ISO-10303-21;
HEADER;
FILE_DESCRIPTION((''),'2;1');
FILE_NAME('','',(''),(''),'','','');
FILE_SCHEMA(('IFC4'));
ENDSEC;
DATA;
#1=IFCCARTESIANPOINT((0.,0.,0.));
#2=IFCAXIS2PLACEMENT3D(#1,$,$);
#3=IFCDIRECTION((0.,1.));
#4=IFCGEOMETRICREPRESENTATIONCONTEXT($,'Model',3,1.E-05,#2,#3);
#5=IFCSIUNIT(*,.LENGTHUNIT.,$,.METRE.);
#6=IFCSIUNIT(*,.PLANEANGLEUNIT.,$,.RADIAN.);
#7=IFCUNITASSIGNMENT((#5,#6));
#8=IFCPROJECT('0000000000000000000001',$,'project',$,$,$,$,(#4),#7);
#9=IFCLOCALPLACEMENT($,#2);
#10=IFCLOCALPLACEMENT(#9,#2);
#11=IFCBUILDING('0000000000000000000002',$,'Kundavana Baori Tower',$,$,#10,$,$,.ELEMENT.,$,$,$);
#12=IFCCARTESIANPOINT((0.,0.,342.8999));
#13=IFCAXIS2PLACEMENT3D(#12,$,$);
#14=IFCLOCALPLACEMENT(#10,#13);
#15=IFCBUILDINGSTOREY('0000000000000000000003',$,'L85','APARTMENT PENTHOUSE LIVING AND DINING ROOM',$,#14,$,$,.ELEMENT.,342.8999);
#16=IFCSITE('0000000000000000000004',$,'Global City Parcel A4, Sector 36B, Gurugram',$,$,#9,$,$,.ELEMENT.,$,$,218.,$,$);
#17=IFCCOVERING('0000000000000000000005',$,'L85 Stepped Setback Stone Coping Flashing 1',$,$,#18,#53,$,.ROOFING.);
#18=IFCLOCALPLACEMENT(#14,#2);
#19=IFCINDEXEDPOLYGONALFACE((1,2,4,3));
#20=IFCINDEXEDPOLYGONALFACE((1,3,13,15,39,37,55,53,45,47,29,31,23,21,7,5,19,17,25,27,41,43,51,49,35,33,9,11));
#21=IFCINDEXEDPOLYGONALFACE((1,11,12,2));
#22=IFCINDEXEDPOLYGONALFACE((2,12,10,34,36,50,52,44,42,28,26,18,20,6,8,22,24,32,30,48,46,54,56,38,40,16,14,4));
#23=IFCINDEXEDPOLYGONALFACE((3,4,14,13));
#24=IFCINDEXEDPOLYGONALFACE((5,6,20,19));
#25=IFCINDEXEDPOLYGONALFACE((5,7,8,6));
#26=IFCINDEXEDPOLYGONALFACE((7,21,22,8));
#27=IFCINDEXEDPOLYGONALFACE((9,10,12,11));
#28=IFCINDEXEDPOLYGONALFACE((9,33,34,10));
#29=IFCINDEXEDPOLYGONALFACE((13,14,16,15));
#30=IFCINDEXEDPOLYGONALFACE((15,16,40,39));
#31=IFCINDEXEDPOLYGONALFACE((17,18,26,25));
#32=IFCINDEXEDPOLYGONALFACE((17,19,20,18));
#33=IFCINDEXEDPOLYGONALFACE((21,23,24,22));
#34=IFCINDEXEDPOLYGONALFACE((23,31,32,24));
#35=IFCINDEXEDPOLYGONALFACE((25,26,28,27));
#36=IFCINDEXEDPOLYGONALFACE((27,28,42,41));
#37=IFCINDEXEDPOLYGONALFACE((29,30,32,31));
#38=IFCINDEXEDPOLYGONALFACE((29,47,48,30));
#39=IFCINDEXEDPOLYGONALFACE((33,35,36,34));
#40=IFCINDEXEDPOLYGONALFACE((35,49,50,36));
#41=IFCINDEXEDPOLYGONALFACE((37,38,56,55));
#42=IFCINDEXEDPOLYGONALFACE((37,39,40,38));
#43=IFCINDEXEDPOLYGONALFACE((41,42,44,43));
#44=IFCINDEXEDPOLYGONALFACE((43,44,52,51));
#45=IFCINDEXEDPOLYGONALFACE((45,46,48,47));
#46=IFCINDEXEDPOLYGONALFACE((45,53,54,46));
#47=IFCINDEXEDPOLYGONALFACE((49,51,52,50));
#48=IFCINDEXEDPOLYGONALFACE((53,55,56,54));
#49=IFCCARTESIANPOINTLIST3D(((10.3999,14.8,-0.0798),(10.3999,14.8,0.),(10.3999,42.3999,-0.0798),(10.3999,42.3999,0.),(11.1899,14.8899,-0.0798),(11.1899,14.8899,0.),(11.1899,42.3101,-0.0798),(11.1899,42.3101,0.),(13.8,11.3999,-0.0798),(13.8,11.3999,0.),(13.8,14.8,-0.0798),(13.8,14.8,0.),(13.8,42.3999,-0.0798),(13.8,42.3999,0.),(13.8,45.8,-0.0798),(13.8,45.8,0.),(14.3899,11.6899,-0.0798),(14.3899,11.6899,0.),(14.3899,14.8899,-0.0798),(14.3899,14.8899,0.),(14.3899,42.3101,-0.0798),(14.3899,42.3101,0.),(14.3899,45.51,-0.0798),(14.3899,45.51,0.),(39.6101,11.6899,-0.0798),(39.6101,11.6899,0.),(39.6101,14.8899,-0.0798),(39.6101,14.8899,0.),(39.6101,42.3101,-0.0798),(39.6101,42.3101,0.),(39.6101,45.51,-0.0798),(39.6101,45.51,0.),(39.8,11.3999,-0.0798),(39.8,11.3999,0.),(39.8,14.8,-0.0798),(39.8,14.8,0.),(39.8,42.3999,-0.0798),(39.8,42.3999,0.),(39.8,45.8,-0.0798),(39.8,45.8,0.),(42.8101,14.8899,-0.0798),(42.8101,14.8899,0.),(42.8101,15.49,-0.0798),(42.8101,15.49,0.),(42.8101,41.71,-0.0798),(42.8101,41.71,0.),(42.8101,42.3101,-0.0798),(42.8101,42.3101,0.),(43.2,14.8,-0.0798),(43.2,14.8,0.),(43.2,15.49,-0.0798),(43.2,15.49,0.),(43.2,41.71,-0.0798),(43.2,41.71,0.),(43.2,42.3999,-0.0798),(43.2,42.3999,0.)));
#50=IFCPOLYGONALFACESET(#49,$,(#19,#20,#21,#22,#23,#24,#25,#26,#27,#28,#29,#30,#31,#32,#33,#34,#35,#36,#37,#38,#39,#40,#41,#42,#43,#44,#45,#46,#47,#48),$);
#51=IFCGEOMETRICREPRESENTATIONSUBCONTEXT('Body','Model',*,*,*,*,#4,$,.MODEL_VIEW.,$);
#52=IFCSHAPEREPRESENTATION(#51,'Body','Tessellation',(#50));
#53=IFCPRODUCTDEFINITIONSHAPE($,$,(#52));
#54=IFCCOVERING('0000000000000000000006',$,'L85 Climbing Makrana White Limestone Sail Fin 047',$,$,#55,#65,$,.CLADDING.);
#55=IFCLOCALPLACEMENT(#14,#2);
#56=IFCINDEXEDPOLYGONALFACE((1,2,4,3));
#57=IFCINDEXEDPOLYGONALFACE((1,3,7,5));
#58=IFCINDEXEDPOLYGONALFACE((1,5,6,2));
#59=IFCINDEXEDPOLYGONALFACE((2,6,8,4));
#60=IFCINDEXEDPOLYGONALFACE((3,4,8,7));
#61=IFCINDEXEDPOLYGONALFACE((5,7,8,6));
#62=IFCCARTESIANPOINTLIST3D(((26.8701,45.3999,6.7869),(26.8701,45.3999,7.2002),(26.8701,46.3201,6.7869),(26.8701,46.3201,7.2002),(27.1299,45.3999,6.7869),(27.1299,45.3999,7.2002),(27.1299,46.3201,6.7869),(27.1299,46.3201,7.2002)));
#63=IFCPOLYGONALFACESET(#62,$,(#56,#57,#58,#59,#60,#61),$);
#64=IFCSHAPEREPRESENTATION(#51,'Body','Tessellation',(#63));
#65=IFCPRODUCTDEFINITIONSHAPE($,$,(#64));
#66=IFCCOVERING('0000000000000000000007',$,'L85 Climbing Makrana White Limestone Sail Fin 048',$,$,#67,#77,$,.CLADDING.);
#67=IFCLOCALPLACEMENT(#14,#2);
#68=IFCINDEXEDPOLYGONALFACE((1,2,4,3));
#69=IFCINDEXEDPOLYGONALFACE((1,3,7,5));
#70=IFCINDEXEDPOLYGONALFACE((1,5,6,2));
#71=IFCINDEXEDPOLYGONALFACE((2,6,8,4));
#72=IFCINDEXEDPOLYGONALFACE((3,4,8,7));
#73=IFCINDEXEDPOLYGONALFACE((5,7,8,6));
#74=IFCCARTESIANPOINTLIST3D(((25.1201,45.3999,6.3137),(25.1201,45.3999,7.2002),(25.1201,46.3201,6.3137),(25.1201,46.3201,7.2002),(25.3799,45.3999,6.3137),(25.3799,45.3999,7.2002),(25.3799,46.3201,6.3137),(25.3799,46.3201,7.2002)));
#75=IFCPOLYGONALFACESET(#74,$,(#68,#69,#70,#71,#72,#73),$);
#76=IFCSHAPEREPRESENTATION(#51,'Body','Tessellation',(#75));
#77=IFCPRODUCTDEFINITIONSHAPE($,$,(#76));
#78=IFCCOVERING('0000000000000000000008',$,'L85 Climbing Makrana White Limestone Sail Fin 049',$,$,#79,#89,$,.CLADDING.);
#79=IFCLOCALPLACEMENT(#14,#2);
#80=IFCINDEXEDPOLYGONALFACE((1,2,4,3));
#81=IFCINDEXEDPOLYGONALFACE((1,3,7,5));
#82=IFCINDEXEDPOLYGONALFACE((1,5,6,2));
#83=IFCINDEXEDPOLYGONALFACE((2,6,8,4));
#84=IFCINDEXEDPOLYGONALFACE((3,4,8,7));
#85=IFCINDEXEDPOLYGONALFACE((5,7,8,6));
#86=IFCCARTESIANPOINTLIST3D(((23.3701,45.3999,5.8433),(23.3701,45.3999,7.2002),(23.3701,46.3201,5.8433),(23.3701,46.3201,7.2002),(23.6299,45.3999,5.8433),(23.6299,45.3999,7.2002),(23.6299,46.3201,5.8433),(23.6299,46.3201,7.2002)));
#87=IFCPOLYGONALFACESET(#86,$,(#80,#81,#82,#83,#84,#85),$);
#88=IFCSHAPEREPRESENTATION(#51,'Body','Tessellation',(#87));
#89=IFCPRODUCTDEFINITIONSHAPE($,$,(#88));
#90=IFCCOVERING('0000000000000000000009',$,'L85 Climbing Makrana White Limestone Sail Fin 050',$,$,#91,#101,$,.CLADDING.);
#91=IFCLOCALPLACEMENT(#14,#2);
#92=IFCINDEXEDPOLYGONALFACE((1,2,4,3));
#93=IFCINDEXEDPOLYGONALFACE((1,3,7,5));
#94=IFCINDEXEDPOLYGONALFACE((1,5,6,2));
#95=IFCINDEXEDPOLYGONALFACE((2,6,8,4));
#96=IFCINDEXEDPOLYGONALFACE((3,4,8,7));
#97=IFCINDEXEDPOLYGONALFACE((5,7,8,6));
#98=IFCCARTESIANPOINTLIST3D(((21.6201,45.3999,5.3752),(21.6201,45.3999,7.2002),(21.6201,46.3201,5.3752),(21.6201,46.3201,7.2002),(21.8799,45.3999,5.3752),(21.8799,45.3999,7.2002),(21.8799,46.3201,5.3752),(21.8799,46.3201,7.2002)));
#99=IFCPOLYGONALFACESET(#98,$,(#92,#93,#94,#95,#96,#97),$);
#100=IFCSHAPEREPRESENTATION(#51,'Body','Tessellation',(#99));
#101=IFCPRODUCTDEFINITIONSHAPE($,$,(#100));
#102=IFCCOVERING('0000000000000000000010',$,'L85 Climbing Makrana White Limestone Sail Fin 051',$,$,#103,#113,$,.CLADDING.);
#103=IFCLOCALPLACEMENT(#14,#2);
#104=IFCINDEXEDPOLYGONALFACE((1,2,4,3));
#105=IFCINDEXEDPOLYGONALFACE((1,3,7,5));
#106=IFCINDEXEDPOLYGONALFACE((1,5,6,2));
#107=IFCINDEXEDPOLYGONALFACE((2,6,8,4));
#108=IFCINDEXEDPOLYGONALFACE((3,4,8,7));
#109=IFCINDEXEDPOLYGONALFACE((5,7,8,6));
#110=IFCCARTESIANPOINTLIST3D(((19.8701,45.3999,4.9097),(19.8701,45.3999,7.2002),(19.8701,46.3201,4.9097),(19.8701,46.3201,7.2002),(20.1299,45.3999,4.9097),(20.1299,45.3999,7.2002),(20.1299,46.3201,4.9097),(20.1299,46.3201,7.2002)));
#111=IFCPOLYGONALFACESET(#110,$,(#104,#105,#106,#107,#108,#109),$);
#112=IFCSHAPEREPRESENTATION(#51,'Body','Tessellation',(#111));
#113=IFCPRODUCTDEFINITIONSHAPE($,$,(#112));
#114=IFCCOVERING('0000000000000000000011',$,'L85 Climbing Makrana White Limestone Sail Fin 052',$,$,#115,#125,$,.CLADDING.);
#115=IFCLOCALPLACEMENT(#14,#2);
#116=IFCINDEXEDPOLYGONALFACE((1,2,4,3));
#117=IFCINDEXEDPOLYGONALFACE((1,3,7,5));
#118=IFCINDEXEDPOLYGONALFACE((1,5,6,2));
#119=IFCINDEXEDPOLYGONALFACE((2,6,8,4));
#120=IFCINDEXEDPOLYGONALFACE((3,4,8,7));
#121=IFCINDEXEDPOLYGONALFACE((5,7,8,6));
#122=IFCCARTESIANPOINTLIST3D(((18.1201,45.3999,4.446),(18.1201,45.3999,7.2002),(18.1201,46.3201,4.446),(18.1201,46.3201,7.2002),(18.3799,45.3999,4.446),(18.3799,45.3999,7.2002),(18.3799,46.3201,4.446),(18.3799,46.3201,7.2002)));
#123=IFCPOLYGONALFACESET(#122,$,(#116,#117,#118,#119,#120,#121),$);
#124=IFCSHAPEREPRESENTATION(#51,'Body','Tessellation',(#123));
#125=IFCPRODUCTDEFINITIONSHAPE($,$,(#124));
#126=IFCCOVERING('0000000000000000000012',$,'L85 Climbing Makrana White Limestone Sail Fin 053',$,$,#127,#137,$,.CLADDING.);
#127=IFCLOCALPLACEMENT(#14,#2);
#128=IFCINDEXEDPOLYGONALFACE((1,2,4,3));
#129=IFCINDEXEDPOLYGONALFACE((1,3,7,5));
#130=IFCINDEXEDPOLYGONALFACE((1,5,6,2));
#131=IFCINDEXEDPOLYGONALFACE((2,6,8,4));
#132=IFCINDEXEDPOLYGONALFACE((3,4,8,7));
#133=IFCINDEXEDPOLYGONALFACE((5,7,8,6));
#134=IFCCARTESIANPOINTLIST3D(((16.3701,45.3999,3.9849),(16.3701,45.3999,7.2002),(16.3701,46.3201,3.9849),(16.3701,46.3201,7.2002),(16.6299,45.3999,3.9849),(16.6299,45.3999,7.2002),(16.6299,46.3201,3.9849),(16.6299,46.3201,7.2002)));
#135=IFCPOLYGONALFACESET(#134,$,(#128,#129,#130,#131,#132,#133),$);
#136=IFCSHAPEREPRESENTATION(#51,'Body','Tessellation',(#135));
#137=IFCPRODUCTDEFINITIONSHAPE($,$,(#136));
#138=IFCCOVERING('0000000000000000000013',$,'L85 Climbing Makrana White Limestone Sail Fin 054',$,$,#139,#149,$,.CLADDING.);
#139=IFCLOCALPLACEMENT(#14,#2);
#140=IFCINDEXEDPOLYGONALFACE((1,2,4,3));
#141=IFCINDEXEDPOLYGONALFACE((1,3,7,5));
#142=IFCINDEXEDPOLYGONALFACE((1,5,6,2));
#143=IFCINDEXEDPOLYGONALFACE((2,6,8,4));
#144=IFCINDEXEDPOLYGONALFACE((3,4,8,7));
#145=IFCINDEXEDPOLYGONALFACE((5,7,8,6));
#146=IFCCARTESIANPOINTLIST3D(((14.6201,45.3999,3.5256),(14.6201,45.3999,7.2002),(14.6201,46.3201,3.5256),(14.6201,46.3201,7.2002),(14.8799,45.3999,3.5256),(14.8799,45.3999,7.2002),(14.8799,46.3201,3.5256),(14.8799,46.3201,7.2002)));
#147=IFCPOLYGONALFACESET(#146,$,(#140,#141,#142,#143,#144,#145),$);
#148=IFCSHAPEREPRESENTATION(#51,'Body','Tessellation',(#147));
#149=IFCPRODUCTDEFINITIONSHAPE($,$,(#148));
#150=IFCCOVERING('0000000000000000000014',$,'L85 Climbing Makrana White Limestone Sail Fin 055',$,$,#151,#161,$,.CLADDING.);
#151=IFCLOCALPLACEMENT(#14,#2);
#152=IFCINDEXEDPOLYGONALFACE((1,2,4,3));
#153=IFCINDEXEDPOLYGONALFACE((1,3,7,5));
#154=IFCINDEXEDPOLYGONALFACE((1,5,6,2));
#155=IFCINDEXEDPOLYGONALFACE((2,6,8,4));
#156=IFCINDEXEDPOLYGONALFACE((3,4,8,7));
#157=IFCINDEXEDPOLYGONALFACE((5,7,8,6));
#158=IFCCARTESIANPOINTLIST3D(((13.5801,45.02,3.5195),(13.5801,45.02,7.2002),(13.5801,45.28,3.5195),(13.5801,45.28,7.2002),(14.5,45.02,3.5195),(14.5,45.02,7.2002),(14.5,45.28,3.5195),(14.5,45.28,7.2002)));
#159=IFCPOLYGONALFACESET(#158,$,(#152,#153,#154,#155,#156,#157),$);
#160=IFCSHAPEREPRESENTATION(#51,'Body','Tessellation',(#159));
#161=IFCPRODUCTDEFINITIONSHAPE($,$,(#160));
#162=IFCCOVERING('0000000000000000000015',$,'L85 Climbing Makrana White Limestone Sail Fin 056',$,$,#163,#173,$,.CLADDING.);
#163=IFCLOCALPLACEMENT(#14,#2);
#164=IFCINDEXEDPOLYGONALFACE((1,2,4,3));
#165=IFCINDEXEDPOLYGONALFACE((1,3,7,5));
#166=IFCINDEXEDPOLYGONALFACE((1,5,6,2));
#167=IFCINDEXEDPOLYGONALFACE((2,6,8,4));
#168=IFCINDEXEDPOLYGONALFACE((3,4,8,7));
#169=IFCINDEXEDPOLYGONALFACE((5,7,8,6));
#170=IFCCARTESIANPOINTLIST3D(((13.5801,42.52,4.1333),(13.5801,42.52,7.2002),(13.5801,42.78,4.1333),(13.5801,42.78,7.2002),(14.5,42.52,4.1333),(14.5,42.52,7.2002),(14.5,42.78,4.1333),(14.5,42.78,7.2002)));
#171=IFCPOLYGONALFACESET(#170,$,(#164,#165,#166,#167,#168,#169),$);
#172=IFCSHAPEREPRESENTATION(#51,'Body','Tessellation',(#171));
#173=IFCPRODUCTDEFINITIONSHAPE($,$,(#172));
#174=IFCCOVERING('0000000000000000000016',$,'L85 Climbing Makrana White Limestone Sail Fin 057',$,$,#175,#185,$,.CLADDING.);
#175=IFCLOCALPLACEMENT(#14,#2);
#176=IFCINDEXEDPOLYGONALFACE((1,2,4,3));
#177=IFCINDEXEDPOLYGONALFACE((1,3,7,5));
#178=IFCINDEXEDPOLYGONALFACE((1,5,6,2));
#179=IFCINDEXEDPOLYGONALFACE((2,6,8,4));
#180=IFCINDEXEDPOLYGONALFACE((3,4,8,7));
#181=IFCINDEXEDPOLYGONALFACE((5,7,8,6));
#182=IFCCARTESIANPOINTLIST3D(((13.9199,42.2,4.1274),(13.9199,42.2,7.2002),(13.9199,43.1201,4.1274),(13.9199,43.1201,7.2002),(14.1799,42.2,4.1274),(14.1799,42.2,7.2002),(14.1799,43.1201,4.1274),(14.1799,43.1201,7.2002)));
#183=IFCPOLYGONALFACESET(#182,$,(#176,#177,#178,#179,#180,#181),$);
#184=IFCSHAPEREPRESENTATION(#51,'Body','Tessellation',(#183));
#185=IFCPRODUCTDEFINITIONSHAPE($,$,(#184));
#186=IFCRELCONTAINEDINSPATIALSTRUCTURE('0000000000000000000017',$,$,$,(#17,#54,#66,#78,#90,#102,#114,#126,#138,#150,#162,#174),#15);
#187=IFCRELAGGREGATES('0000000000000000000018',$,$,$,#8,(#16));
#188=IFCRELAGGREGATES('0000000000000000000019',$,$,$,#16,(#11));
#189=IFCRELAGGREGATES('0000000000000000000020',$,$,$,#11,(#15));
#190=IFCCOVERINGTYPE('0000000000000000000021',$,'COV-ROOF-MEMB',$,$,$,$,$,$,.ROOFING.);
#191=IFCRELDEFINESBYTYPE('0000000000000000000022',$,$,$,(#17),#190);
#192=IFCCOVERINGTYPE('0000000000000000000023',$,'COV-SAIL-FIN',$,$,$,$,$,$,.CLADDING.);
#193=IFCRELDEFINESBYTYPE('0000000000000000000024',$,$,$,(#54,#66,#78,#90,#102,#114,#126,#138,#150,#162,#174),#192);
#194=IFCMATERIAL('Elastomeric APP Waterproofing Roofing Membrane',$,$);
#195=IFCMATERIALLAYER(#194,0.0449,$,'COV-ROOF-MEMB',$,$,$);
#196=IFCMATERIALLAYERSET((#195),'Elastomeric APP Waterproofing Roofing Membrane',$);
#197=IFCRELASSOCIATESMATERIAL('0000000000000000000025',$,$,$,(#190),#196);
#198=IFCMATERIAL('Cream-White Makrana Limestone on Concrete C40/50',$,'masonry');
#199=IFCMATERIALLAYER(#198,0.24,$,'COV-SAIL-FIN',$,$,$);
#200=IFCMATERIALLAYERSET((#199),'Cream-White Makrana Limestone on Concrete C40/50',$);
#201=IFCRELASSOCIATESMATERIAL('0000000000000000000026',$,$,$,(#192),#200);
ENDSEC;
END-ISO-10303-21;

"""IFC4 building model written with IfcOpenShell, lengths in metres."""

from ifc_helpers import new_model, si_unit, direction, frame, origin, place, context, subcontext, project, spatial, polyline, outline, extrude, material, layer, layer_set, type_object, element, save


model = new_model("IFC4")

# Units and contexts
model_context = context("Model", 3, precision=1e-05, world=origin(), true_north=direction((0.0, 1.0)))
body_context = subcontext(model_context, "Body", "Model", "MODEL_VIEW")
ifc_project = project(units=[si_unit("LENGTHUNIT", "METRE"), si_unit("PLANEANGLEUNIT", "RADIAN")], contexts=[model_context])

# Site, building, storey
site_placement = place(None, origin())
site = spatial("IfcSite", under=ifc_project, at=site_placement, Name="Global City Parcel A4, Sector 36B, Gurugram", CompositionType="ELEMENT", RefElevation=218.0)
building_placement = place(site_placement, origin())
building = spatial("IfcBuilding", under=site, at=building_placement, Name="Kundavana Baori Tower", CompositionType="ELEMENT")
storey_placement = place(building_placement, frame((0.0, 0.0, 342.8999)))
storey = spatial("IfcBuildingStorey", under=building, at=storey_placement, Name="L85", Description="APARTMENT PENTHOUSE LIVING AND DINING ROOM", CompositionType="ELEMENT", Elevation=342.8999)

# Coverings
ifc_material_1 = material(Name="Elastomeric APP Waterproofing Roofing Membrane")
ifc_layer_1 = layer(ifc_material_1, 0.0449, Name="COV-ROOF-MEMB")
ifc_layer_set_1 = layer_set([ifc_layer_1], Name="Elastomeric APP Waterproofing Roofing Membrane")
covering_type_1 = type_object("IfcCoveringType", Name="COV-ROOF-MEMB", PredefinedType="ROOFING", material=ifc_layer_set_1)
covering_1_placement = place(storey_placement, frame((0.0, 0.0, -0.0798)))
element("IfcCovering", 1, at=covering_1_placement, inside=storey, type_object=covering_type_1, Name="L85 Stepped Setback Stone Coping Flashing 1", PredefinedType="ROOFING", context=body_context, shape_type="SweptSolid", body=[
    extrude(outline(polyline([(43.2, 14.8), (39.8, 14.8), (39.8, 11.3999), (13.8, 11.3999), (13.8, 14.8), (10.3999, 14.8), (10.3999, 42.3999), (13.8, 42.3999), (13.8, 45.8), (39.8, 45.8), (39.8, 42.3999), (43.2, 42.3999), (43.2, 41.71), (42.8101, 41.71), (42.8101, 42.3101), (39.6101, 42.3101), (39.6101, 45.51), (14.3899, 45.51), (14.3899, 42.3101), (11.1899, 42.3101), (11.1899, 14.8899), (14.3899, 14.8899), (14.3899, 11.6899), (39.6101, 11.6899), (39.6101, 14.8899), (42.8101, 14.8899), (42.8101, 15.49), (43.2, 15.49), (43.2, 14.8)])), origin(), (0.0, 0.0, 1.0), 0.0798),
])
ifc_material_2 = material(Name="Cream-White Makrana Limestone on Concrete C40/50", Category="masonry")
ifc_layer_2 = layer(ifc_material_2, 0.24, Name="COV-SAIL-FIN")
ifc_layer_set_2 = layer_set([ifc_layer_2], Name="Cream-White Makrana Limestone on Concrete C40/50")
covering_type_2 = type_object("IfcCoveringType", Name="COV-SAIL-FIN", PredefinedType="CLADDING", material=ifc_layer_set_2)
covering_2_placement = place(storey_placement, frame((0.0, 0.0, 6.7869)))
element("IfcCovering", 2, at=covering_2_placement, inside=storey, type_object=covering_type_2, Name="L85 Climbing Makrana White Limestone Sail Fin 047", PredefinedType="CLADDING", context=body_context, shape_type="SweptSolid", body=[
    extrude(outline(polyline([(26.8701, 45.3999), (27.1299, 45.3999), (27.1299, 46.3201), (26.8701, 46.3201), (26.8701, 45.3999)])), origin(), (0.0, 0.0, 1.0), 0.4133),
])
covering_3_placement = place(storey_placement, frame((0.0, 0.0, 6.3137)))
element("IfcCovering", 3, at=covering_3_placement, inside=storey, type_object=covering_type_2, Name="L85 Climbing Makrana White Limestone Sail Fin 048", PredefinedType="CLADDING", context=body_context, shape_type="SweptSolid", body=[
    extrude(outline(polyline([(25.1201, 45.3999), (25.3799, 45.3999), (25.3799, 46.3201), (25.1201, 46.3201), (25.1201, 45.3999)])), origin(), (0.0, 0.0, 1.0), 0.8865),
])
covering_4_placement = place(storey_placement, frame((0.0, 0.0, 5.8433)))
element("IfcCovering", 4, at=covering_4_placement, inside=storey, type_object=covering_type_2, Name="L85 Climbing Makrana White Limestone Sail Fin 049", PredefinedType="CLADDING", context=body_context, shape_type="SweptSolid", body=[
    extrude(outline(polyline([(23.3701, 45.3999), (23.6299, 45.3999), (23.6299, 46.3201), (23.3701, 46.3201), (23.3701, 45.3999)])), origin(), (0.0, 0.0, 1.0), 1.3569),
])
covering_5_placement = place(storey_placement, frame((0.0, 0.0, 5.3752)))
element("IfcCovering", 5, at=covering_5_placement, inside=storey, type_object=covering_type_2, Name="L85 Climbing Makrana White Limestone Sail Fin 050", PredefinedType="CLADDING", context=body_context, shape_type="SweptSolid", body=[
    extrude(outline(polyline([(21.6201, 45.3999), (21.8799, 45.3999), (21.8799, 46.3201), (21.6201, 46.3201), (21.6201, 45.3999)])), origin(), (0.0, 0.0, 1.0), 1.825),
])
covering_6_placement = place(storey_placement, frame((0.0, 0.0, 4.9097)))
element("IfcCovering", 6, at=covering_6_placement, inside=storey, type_object=covering_type_2, Name="L85 Climbing Makrana White Limestone Sail Fin 051", PredefinedType="CLADDING", context=body_context, shape_type="SweptSolid", body=[
    extrude(outline(polyline([(19.8701, 45.3999), (20.1299, 45.3999), (20.1299, 46.3201), (19.8701, 46.3201), (19.8701, 45.3999)])), origin(), (0.0, 0.0, 1.0), 2.2905),
])
covering_7_placement = place(storey_placement, frame((0.0, 0.0, 4.446)))
element("IfcCovering", 7, at=covering_7_placement, inside=storey, type_object=covering_type_2, Name="L85 Climbing Makrana White Limestone Sail Fin 052", PredefinedType="CLADDING", context=body_context, shape_type="SweptSolid", body=[
    extrude(outline(polyline([(18.1201, 45.3999), (18.3799, 45.3999), (18.3799, 46.3201), (18.1201, 46.3201), (18.1201, 45.3999)])), origin(), (0.0, 0.0, 1.0), 2.7542),
])
covering_8_placement = place(storey_placement, frame((0.0, 0.0, 3.9849)))
element("IfcCovering", 8, at=covering_8_placement, inside=storey, type_object=covering_type_2, Name="L85 Climbing Makrana White Limestone Sail Fin 053", PredefinedType="CLADDING", context=body_context, shape_type="SweptSolid", body=[
    extrude(outline(polyline([(16.3701, 45.3999), (16.6299, 45.3999), (16.6299, 46.3201), (16.3701, 46.3201), (16.3701, 45.3999)])), origin(), (0.0, 0.0, 1.0), 3.2153),
])
covering_9_placement = place(storey_placement, frame((0.0, 0.0, 3.5256)))
element("IfcCovering", 9, at=covering_9_placement, inside=storey, type_object=covering_type_2, Name="L85 Climbing Makrana White Limestone Sail Fin 054", PredefinedType="CLADDING", context=body_context, shape_type="SweptSolid", body=[
    extrude(outline(polyline([(14.6201, 45.3999), (14.8799, 45.3999), (14.8799, 46.3201), (14.6201, 46.3201), (14.6201, 45.3999)])), origin(), (0.0, 0.0, 1.0), 3.6746),
])
covering_10_placement = place(storey_placement, frame((0.0, 0.0, 3.5195)))
element("IfcCovering", 10, at=covering_10_placement, inside=storey, type_object=covering_type_2, Name="L85 Climbing Makrana White Limestone Sail Fin 055", PredefinedType="CLADDING", context=body_context, shape_type="SweptSolid", body=[
    extrude(outline(polyline([(13.5801, 45.02), (14.5, 45.02), (14.5, 45.28), (13.5801, 45.28), (13.5801, 45.02)])), origin(), (0.0, 0.0, 1.0), 3.6807),
])
covering_11_placement = place(storey_placement, frame((0.0, 0.0, 4.1333)))
element("IfcCovering", 11, at=covering_11_placement, inside=storey, type_object=covering_type_2, Name="L85 Climbing Makrana White Limestone Sail Fin 056", PredefinedType="CLADDING", context=body_context, shape_type="SweptSolid", body=[
    extrude(outline(polyline([(13.5801, 42.52), (14.5, 42.52), (14.5, 42.78), (13.5801, 42.78), (13.5801, 42.52)])), origin(), (0.0, 0.0, 1.0), 3.0669),
])
covering_12_placement = place(storey_placement, frame((0.0, 0.0, 4.1274)))
element("IfcCovering", 12, at=covering_12_placement, inside=storey, type_object=covering_type_2, Name="L85 Climbing Makrana White Limestone Sail Fin 057", PredefinedType="CLADDING", context=body_context, shape_type="SweptSolid", body=[
    extrude(outline(polyline([(13.9199, 42.2), (14.1799, 42.2), (14.1799, 43.1201), (13.9199, 43.1201), (13.9199, 42.2)])), origin(), (0.0, 0.0, 1.0), 3.0728),
])

save(model, "model.ifc")
